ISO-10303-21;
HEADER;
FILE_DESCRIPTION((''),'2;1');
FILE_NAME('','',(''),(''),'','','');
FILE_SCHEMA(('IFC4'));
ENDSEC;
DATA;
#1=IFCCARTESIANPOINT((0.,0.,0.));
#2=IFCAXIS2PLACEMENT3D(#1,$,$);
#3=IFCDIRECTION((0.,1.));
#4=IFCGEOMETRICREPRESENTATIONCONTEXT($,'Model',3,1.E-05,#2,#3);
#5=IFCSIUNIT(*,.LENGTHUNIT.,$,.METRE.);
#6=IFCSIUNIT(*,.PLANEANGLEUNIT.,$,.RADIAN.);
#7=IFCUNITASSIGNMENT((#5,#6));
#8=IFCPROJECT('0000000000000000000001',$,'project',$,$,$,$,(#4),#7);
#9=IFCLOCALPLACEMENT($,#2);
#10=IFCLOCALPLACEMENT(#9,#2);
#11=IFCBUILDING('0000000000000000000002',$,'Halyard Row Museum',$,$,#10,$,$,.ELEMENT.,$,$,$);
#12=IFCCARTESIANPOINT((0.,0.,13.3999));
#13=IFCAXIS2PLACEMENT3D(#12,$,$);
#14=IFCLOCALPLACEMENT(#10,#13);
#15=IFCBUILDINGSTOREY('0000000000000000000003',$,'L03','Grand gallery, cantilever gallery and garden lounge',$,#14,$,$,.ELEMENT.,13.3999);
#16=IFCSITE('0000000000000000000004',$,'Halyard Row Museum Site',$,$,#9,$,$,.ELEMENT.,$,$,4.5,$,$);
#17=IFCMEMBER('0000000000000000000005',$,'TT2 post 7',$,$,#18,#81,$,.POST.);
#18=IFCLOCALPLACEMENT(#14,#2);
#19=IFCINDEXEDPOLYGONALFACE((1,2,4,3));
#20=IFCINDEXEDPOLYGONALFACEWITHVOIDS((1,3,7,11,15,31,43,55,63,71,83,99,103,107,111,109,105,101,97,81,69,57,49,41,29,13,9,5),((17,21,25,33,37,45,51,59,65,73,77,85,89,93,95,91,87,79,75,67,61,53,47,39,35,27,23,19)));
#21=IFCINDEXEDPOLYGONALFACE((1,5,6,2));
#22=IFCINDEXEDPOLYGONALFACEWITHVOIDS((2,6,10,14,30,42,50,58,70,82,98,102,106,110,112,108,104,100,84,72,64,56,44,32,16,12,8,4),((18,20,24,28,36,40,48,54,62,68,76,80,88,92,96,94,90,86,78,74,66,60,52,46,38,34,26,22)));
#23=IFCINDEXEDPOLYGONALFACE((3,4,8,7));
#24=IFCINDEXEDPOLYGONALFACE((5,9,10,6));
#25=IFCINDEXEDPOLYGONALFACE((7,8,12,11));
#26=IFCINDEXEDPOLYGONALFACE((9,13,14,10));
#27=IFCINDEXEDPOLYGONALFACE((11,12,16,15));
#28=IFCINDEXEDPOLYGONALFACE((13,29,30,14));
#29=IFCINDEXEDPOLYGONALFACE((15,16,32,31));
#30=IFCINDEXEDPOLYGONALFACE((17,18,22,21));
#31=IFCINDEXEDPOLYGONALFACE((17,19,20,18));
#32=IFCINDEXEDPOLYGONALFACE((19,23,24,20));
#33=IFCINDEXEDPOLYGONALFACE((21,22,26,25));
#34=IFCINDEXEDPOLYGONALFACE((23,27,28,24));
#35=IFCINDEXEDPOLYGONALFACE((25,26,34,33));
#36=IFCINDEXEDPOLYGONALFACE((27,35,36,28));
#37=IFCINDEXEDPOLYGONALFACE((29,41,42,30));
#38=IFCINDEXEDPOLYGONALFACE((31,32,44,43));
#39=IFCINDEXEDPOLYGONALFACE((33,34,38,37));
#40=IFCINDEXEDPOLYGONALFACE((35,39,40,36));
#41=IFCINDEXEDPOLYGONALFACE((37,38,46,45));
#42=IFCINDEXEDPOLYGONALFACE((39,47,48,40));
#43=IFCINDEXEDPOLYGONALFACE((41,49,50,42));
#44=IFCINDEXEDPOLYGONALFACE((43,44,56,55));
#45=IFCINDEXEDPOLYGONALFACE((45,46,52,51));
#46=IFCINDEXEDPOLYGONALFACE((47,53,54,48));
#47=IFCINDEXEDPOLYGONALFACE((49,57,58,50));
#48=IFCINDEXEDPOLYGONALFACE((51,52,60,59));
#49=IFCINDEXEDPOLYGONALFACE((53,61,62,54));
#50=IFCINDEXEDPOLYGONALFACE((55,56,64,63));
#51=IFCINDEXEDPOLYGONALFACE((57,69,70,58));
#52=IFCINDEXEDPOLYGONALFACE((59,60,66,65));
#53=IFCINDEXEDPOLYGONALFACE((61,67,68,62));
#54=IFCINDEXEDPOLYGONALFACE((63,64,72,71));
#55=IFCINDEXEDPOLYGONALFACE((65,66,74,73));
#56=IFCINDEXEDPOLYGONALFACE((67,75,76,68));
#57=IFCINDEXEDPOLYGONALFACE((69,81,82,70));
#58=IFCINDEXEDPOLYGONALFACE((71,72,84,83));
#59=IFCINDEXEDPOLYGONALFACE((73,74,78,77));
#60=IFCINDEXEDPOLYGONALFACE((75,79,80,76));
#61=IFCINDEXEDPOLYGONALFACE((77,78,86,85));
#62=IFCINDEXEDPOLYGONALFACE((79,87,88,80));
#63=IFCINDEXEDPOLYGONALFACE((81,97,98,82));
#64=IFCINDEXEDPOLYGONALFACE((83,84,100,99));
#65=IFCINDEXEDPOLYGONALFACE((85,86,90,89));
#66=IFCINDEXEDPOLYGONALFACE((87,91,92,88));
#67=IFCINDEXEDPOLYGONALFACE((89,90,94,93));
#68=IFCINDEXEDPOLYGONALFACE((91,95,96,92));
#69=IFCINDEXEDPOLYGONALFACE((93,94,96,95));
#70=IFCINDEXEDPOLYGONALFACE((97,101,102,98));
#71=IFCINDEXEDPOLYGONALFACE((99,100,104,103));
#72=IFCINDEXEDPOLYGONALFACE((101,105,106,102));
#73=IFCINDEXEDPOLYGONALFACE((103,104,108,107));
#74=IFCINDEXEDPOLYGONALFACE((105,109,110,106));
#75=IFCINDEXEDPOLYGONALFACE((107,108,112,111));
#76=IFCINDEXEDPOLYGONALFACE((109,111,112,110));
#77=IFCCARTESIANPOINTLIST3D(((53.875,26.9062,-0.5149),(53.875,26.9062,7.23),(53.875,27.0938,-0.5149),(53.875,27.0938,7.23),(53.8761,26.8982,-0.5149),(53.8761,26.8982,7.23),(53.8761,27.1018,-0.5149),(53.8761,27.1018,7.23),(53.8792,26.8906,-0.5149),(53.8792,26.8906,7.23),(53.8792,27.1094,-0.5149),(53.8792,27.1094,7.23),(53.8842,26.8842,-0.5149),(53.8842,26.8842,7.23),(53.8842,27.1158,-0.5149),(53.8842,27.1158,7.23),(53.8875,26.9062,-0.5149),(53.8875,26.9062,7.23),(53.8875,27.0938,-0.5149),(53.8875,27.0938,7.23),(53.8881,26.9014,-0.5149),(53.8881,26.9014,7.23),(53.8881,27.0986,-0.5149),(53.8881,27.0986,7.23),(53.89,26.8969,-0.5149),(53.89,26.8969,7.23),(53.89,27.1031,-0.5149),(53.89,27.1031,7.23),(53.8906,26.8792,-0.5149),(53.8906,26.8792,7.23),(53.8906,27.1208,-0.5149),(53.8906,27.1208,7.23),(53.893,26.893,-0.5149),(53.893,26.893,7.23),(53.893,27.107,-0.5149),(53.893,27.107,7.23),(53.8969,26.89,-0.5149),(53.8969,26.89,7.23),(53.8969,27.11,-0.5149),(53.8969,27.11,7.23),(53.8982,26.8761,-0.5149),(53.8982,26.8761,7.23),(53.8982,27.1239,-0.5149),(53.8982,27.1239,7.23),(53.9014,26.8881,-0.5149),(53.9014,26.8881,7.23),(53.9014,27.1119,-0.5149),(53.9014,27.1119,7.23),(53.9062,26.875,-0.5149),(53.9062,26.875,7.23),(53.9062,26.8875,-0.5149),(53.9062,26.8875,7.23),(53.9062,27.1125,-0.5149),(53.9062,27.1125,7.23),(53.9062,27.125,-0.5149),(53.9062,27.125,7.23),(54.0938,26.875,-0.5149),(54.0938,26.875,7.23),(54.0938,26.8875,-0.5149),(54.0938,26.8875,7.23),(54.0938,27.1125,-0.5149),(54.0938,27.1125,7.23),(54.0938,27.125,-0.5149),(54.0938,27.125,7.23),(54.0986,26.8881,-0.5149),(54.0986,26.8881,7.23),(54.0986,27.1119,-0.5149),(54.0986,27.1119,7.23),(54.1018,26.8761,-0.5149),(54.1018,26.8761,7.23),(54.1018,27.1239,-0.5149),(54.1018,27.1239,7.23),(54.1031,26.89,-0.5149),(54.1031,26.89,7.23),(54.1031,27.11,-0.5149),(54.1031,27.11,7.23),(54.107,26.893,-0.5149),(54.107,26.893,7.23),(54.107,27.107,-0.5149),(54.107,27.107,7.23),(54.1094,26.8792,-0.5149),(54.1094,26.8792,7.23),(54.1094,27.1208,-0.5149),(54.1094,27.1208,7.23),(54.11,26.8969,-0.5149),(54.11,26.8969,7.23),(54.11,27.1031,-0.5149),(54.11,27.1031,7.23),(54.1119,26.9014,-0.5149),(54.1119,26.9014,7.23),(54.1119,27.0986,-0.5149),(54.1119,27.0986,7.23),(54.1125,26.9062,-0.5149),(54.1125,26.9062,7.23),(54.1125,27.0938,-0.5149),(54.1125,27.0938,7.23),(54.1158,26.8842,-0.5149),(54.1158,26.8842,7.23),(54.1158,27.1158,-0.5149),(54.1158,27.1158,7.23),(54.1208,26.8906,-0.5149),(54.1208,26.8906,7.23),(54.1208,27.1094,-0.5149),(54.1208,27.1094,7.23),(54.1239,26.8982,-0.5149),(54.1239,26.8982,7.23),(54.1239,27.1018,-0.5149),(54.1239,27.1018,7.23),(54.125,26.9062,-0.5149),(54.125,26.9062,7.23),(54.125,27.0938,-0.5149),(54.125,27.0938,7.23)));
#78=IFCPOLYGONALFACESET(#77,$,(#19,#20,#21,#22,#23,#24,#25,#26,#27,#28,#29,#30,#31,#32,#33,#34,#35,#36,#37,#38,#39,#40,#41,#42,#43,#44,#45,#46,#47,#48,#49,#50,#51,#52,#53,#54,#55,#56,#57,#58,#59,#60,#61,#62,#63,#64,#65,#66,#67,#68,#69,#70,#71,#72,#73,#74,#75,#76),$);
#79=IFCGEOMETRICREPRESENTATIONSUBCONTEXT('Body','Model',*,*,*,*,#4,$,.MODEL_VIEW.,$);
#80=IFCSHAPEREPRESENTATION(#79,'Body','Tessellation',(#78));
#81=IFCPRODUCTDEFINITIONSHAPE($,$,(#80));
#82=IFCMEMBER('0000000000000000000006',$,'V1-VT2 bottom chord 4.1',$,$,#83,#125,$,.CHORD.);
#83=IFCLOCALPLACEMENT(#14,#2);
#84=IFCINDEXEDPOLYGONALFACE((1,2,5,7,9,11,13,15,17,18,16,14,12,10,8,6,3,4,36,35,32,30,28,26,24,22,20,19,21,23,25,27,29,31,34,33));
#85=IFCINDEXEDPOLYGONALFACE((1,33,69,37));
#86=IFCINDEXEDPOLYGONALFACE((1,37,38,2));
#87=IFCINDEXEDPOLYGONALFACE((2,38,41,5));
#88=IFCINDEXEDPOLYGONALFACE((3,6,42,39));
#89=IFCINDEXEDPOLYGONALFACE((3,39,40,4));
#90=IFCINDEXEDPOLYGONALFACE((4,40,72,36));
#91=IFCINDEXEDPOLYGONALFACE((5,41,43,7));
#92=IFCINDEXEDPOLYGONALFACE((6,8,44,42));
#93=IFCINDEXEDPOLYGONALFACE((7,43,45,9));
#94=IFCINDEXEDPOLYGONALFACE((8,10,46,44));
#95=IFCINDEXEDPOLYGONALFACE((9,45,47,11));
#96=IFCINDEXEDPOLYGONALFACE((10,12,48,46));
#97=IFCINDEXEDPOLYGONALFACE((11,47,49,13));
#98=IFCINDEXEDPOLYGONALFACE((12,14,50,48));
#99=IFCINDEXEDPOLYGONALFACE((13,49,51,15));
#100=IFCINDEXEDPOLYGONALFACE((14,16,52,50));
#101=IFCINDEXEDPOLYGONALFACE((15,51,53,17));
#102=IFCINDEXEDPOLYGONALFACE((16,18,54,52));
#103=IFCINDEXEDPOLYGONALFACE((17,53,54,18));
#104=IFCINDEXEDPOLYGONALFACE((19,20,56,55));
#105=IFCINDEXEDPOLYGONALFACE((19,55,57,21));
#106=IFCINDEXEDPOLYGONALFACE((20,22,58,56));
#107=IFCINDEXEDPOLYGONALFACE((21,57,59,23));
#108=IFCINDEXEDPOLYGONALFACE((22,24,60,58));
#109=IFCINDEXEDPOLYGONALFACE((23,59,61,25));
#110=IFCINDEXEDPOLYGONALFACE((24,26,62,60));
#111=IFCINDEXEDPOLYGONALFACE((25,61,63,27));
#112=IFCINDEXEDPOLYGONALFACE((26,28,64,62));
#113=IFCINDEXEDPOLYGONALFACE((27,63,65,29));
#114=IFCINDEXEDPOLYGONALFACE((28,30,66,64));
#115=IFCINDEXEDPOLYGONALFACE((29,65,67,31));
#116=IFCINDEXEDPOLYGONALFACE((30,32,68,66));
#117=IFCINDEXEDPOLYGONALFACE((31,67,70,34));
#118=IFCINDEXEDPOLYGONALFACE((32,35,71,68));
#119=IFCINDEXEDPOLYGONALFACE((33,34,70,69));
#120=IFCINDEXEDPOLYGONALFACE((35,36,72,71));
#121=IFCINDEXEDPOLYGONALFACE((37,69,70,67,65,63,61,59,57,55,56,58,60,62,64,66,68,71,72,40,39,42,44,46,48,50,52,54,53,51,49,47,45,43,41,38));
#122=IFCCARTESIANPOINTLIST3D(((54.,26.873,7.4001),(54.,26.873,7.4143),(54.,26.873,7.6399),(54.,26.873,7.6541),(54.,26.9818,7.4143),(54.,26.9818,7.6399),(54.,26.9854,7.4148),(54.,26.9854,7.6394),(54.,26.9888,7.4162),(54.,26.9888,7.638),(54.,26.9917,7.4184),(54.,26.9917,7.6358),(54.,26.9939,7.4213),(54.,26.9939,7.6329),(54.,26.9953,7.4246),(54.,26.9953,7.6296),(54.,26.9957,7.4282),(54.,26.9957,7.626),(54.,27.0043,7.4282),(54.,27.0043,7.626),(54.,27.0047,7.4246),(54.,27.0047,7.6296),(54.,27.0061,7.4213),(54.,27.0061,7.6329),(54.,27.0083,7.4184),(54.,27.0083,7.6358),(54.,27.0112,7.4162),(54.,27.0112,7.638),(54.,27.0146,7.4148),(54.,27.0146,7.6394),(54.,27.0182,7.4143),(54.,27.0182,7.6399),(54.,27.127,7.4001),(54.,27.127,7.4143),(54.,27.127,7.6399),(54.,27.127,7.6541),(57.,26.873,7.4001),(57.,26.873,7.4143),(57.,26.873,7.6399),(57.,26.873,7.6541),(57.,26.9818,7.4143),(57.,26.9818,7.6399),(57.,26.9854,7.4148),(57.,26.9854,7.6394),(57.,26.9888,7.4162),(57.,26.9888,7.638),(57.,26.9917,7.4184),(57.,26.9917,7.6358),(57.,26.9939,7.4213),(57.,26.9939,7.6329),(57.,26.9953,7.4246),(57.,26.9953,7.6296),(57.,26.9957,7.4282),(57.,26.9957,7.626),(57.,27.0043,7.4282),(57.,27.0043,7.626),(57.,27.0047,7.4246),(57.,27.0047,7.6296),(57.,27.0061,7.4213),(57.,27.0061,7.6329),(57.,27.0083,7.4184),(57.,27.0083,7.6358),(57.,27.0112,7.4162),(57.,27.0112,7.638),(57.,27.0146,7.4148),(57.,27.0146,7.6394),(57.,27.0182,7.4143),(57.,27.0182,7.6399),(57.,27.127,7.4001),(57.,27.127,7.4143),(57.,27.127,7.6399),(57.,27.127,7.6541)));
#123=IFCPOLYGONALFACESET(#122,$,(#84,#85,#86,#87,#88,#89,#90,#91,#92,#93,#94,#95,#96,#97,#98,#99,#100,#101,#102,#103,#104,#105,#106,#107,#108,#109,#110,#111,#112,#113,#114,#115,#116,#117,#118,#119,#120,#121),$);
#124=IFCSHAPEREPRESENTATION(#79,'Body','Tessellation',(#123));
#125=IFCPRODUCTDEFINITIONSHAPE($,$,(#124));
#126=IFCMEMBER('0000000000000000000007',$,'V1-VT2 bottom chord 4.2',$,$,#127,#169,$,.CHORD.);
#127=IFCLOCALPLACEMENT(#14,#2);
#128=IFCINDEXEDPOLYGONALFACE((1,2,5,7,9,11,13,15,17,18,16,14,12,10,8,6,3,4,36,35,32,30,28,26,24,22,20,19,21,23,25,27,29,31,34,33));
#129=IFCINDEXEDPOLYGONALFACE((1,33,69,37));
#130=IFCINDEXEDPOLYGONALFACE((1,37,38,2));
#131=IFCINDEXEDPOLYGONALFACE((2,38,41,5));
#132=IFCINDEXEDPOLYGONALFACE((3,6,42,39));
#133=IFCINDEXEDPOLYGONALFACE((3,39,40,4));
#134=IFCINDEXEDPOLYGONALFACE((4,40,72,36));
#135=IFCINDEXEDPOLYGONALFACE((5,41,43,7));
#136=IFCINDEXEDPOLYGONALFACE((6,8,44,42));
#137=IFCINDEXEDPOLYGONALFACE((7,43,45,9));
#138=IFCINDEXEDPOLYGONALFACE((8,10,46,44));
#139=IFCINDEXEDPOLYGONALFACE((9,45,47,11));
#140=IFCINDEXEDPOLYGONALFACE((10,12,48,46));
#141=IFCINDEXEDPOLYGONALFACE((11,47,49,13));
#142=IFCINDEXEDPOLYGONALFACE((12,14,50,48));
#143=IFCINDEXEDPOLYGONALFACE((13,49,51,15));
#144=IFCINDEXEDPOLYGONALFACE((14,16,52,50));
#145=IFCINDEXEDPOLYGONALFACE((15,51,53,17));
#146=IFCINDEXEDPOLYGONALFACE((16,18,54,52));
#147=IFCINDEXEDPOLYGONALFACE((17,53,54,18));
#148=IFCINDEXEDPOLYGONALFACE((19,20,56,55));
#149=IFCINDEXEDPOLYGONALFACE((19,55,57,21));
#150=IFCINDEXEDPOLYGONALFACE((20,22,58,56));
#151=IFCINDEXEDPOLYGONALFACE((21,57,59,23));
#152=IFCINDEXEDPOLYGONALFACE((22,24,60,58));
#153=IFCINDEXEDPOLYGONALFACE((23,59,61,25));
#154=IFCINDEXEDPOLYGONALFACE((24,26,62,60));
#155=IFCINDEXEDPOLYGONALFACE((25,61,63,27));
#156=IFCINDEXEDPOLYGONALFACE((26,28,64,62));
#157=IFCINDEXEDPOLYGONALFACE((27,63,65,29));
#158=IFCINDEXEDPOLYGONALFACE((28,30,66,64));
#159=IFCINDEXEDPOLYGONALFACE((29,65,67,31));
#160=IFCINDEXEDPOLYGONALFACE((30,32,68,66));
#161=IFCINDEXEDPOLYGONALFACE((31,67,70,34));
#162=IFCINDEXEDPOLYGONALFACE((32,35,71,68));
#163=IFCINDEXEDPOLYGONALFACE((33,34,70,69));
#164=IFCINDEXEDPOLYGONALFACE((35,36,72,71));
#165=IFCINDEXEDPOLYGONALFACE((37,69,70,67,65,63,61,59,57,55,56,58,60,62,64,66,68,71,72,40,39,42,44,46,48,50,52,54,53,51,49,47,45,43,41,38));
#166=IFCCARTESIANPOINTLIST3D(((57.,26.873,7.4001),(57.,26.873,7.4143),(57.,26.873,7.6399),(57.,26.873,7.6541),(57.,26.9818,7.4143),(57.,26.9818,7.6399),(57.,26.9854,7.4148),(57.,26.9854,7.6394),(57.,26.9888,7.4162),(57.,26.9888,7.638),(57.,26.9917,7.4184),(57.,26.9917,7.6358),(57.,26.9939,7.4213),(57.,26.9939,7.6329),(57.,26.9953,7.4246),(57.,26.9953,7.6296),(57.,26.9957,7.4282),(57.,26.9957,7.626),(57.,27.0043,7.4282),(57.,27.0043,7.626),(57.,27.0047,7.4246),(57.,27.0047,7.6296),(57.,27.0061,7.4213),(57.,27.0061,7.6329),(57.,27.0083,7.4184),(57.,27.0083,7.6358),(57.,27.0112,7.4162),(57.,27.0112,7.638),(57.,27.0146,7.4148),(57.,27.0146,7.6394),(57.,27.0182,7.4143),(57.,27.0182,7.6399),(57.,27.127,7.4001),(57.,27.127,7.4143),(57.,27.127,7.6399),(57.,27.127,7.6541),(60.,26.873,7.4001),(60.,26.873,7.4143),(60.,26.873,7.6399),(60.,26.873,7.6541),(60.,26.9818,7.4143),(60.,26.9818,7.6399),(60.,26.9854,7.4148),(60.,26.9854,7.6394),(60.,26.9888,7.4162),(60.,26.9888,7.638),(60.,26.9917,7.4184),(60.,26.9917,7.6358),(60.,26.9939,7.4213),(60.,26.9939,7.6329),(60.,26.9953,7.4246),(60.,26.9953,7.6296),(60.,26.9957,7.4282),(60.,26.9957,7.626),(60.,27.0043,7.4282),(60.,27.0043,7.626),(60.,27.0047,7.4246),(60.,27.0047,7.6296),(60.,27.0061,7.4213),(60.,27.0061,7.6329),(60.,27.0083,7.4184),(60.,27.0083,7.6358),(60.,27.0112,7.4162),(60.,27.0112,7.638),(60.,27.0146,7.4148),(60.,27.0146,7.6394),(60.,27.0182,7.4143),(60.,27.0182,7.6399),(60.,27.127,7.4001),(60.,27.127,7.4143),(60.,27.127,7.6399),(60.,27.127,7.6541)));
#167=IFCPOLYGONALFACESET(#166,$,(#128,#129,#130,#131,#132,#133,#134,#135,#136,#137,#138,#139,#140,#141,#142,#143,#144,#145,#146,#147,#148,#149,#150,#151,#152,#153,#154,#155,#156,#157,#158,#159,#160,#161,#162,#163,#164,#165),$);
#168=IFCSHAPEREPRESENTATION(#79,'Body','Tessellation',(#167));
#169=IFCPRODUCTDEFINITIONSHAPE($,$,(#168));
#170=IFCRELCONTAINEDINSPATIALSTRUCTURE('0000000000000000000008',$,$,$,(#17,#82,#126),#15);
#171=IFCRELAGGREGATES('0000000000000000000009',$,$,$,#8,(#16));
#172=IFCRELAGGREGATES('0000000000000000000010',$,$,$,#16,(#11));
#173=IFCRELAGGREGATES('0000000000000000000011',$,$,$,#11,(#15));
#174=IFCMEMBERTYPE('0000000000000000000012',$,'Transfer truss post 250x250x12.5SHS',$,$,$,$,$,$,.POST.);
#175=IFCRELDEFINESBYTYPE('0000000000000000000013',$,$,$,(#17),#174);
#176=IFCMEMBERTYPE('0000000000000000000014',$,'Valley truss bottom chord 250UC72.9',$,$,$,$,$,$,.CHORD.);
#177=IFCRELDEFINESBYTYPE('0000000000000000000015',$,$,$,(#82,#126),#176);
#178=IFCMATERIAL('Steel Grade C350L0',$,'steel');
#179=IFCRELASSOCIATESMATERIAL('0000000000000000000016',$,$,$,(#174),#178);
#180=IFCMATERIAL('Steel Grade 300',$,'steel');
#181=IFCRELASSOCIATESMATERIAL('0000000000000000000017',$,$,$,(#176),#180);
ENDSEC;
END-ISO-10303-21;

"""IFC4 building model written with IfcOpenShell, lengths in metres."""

from ifc_helpers import new_model, si_unit, direction, frame, origin, origin_2d, place, context, subcontext, project, spatial, hollow_rectangle, i_section, extrude, material, material_profile, profile_set, type_object, element, save


model = new_model("IFC4")

# Units and contexts
model_context = context("Model", 3, precision=1e-05, world=origin(), true_north=direction((0.0, 1.0)))
body_context = subcontext(model_context, "Body", "Model", "MODEL_VIEW")
ifc_project = project(units=[si_unit("LENGTHUNIT", "METRE"), si_unit("PLANEANGLEUNIT", "RADIAN")], contexts=[model_context])

# Site, building, storey
site_placement = place(None, origin())
site = spatial("IfcSite", under=ifc_project, at=site_placement, Name="Halyard Row Museum Site", CompositionType="ELEMENT", RefElevation=4.5)
building_placement = place(site_placement, origin())
building = spatial("IfcBuilding", under=site, at=building_placement, Name="Halyard Row Museum", CompositionType="ELEMENT")
storey_placement = place(building_placement, frame((0.0, 0.0, 13.3999)))
storey = spatial("IfcBuildingStorey", under=building, at=storey_placement, Name="L03", Description="Grand gallery, cantilever gallery and garden lounge", CompositionType="ELEMENT", Elevation=13.3999)

# Members
ifc_material_1 = material(Name="Steel Grade C350L0", Category="steel")
ifc_material_profile_1 = material_profile(ifc_material_1, hollow_rectangle(XDim=0.25, YDim=0.25, WallThickness=0.0125, InnerFilletRadius=0.0188, OuterFilletRadius=0.0312, at=origin_2d()), Name="250x250x12.5SHS")
ifc_profile_set_1 = profile_set([ifc_material_profile_1], Name="Steel Grade C350L0")
member_type_1 = type_object("IfcMemberType", Name="Transfer truss post 250x250x12.5SHS", PredefinedType="POST", material=ifc_profile_set_1)
member_1_placement = place(storey_placement, frame((54.0, 27.0, -0.5149), z_axis=(0.0, 0.0, 1.0), x_axis=(1.0, 0.0, 0.0)))
element("IfcMember", 1, at=member_1_placement, inside=storey, type_object=member_type_1, Name="TT2 post 7", PredefinedType="POST", context=body_context, shape_type="SweptSolid", body=[
    extrude(hollow_rectangle(XDim=0.25, YDim=0.25, WallThickness=0.0125, InnerFilletRadius=0.0188, OuterFilletRadius=0.0312, at=origin_2d()), origin(), (0.0, 0.0, 1.0), 7.7449),
])
ifc_material_2 = material(Name="Steel Grade 300", Category="steel")
ifc_material_profile_2 = material_profile(ifc_material_2, i_section(OverallWidth=0.2539, OverallDepth=0.2539, WebThickness=0.0085, FlangeThickness=0.0142, FilletRadius=0.0139, at=origin_2d()), Name="250UC72.9")
ifc_profile_set_2 = profile_set([ifc_material_profile_2], Name="Steel Grade 300")
member_type_2 = type_object("IfcMemberType", Name="Valley truss bottom chord 250UC72.9", PredefinedType="CHORD", material=ifc_profile_set_2)
for number, where, z_axis, x_axis, name in (
    (2, (54.0, 27.0, 7.5271), (1.0, 0.0, 0.0), (0.0, 1.0, 0.0), "V1-VT2 bottom chord 4.1"),
    (3, (57.0, 27.0, 7.5271), (1.0, 0.0, 0.0), (0.0, 1.0, 0.0), "V1-VT2 bottom chord 4.2"),
):
    element("IfcMember", number, at=place(storey_placement, frame(where, z_axis=z_axis, x_axis=x_axis)), inside=storey, type_object=member_type_2, Name=name, PredefinedType="CHORD", context=body_context, shape_type="SweptSolid", body=[
        extrude(i_section(OverallWidth=0.2539, OverallDepth=0.2539, WebThickness=0.0085, FlangeThickness=0.0142, FilletRadius=0.0139, at=origin_2d()), origin(), (0.0, 0.0, 1.0), 3.0),
    ])

save(model, "model.ifc")
